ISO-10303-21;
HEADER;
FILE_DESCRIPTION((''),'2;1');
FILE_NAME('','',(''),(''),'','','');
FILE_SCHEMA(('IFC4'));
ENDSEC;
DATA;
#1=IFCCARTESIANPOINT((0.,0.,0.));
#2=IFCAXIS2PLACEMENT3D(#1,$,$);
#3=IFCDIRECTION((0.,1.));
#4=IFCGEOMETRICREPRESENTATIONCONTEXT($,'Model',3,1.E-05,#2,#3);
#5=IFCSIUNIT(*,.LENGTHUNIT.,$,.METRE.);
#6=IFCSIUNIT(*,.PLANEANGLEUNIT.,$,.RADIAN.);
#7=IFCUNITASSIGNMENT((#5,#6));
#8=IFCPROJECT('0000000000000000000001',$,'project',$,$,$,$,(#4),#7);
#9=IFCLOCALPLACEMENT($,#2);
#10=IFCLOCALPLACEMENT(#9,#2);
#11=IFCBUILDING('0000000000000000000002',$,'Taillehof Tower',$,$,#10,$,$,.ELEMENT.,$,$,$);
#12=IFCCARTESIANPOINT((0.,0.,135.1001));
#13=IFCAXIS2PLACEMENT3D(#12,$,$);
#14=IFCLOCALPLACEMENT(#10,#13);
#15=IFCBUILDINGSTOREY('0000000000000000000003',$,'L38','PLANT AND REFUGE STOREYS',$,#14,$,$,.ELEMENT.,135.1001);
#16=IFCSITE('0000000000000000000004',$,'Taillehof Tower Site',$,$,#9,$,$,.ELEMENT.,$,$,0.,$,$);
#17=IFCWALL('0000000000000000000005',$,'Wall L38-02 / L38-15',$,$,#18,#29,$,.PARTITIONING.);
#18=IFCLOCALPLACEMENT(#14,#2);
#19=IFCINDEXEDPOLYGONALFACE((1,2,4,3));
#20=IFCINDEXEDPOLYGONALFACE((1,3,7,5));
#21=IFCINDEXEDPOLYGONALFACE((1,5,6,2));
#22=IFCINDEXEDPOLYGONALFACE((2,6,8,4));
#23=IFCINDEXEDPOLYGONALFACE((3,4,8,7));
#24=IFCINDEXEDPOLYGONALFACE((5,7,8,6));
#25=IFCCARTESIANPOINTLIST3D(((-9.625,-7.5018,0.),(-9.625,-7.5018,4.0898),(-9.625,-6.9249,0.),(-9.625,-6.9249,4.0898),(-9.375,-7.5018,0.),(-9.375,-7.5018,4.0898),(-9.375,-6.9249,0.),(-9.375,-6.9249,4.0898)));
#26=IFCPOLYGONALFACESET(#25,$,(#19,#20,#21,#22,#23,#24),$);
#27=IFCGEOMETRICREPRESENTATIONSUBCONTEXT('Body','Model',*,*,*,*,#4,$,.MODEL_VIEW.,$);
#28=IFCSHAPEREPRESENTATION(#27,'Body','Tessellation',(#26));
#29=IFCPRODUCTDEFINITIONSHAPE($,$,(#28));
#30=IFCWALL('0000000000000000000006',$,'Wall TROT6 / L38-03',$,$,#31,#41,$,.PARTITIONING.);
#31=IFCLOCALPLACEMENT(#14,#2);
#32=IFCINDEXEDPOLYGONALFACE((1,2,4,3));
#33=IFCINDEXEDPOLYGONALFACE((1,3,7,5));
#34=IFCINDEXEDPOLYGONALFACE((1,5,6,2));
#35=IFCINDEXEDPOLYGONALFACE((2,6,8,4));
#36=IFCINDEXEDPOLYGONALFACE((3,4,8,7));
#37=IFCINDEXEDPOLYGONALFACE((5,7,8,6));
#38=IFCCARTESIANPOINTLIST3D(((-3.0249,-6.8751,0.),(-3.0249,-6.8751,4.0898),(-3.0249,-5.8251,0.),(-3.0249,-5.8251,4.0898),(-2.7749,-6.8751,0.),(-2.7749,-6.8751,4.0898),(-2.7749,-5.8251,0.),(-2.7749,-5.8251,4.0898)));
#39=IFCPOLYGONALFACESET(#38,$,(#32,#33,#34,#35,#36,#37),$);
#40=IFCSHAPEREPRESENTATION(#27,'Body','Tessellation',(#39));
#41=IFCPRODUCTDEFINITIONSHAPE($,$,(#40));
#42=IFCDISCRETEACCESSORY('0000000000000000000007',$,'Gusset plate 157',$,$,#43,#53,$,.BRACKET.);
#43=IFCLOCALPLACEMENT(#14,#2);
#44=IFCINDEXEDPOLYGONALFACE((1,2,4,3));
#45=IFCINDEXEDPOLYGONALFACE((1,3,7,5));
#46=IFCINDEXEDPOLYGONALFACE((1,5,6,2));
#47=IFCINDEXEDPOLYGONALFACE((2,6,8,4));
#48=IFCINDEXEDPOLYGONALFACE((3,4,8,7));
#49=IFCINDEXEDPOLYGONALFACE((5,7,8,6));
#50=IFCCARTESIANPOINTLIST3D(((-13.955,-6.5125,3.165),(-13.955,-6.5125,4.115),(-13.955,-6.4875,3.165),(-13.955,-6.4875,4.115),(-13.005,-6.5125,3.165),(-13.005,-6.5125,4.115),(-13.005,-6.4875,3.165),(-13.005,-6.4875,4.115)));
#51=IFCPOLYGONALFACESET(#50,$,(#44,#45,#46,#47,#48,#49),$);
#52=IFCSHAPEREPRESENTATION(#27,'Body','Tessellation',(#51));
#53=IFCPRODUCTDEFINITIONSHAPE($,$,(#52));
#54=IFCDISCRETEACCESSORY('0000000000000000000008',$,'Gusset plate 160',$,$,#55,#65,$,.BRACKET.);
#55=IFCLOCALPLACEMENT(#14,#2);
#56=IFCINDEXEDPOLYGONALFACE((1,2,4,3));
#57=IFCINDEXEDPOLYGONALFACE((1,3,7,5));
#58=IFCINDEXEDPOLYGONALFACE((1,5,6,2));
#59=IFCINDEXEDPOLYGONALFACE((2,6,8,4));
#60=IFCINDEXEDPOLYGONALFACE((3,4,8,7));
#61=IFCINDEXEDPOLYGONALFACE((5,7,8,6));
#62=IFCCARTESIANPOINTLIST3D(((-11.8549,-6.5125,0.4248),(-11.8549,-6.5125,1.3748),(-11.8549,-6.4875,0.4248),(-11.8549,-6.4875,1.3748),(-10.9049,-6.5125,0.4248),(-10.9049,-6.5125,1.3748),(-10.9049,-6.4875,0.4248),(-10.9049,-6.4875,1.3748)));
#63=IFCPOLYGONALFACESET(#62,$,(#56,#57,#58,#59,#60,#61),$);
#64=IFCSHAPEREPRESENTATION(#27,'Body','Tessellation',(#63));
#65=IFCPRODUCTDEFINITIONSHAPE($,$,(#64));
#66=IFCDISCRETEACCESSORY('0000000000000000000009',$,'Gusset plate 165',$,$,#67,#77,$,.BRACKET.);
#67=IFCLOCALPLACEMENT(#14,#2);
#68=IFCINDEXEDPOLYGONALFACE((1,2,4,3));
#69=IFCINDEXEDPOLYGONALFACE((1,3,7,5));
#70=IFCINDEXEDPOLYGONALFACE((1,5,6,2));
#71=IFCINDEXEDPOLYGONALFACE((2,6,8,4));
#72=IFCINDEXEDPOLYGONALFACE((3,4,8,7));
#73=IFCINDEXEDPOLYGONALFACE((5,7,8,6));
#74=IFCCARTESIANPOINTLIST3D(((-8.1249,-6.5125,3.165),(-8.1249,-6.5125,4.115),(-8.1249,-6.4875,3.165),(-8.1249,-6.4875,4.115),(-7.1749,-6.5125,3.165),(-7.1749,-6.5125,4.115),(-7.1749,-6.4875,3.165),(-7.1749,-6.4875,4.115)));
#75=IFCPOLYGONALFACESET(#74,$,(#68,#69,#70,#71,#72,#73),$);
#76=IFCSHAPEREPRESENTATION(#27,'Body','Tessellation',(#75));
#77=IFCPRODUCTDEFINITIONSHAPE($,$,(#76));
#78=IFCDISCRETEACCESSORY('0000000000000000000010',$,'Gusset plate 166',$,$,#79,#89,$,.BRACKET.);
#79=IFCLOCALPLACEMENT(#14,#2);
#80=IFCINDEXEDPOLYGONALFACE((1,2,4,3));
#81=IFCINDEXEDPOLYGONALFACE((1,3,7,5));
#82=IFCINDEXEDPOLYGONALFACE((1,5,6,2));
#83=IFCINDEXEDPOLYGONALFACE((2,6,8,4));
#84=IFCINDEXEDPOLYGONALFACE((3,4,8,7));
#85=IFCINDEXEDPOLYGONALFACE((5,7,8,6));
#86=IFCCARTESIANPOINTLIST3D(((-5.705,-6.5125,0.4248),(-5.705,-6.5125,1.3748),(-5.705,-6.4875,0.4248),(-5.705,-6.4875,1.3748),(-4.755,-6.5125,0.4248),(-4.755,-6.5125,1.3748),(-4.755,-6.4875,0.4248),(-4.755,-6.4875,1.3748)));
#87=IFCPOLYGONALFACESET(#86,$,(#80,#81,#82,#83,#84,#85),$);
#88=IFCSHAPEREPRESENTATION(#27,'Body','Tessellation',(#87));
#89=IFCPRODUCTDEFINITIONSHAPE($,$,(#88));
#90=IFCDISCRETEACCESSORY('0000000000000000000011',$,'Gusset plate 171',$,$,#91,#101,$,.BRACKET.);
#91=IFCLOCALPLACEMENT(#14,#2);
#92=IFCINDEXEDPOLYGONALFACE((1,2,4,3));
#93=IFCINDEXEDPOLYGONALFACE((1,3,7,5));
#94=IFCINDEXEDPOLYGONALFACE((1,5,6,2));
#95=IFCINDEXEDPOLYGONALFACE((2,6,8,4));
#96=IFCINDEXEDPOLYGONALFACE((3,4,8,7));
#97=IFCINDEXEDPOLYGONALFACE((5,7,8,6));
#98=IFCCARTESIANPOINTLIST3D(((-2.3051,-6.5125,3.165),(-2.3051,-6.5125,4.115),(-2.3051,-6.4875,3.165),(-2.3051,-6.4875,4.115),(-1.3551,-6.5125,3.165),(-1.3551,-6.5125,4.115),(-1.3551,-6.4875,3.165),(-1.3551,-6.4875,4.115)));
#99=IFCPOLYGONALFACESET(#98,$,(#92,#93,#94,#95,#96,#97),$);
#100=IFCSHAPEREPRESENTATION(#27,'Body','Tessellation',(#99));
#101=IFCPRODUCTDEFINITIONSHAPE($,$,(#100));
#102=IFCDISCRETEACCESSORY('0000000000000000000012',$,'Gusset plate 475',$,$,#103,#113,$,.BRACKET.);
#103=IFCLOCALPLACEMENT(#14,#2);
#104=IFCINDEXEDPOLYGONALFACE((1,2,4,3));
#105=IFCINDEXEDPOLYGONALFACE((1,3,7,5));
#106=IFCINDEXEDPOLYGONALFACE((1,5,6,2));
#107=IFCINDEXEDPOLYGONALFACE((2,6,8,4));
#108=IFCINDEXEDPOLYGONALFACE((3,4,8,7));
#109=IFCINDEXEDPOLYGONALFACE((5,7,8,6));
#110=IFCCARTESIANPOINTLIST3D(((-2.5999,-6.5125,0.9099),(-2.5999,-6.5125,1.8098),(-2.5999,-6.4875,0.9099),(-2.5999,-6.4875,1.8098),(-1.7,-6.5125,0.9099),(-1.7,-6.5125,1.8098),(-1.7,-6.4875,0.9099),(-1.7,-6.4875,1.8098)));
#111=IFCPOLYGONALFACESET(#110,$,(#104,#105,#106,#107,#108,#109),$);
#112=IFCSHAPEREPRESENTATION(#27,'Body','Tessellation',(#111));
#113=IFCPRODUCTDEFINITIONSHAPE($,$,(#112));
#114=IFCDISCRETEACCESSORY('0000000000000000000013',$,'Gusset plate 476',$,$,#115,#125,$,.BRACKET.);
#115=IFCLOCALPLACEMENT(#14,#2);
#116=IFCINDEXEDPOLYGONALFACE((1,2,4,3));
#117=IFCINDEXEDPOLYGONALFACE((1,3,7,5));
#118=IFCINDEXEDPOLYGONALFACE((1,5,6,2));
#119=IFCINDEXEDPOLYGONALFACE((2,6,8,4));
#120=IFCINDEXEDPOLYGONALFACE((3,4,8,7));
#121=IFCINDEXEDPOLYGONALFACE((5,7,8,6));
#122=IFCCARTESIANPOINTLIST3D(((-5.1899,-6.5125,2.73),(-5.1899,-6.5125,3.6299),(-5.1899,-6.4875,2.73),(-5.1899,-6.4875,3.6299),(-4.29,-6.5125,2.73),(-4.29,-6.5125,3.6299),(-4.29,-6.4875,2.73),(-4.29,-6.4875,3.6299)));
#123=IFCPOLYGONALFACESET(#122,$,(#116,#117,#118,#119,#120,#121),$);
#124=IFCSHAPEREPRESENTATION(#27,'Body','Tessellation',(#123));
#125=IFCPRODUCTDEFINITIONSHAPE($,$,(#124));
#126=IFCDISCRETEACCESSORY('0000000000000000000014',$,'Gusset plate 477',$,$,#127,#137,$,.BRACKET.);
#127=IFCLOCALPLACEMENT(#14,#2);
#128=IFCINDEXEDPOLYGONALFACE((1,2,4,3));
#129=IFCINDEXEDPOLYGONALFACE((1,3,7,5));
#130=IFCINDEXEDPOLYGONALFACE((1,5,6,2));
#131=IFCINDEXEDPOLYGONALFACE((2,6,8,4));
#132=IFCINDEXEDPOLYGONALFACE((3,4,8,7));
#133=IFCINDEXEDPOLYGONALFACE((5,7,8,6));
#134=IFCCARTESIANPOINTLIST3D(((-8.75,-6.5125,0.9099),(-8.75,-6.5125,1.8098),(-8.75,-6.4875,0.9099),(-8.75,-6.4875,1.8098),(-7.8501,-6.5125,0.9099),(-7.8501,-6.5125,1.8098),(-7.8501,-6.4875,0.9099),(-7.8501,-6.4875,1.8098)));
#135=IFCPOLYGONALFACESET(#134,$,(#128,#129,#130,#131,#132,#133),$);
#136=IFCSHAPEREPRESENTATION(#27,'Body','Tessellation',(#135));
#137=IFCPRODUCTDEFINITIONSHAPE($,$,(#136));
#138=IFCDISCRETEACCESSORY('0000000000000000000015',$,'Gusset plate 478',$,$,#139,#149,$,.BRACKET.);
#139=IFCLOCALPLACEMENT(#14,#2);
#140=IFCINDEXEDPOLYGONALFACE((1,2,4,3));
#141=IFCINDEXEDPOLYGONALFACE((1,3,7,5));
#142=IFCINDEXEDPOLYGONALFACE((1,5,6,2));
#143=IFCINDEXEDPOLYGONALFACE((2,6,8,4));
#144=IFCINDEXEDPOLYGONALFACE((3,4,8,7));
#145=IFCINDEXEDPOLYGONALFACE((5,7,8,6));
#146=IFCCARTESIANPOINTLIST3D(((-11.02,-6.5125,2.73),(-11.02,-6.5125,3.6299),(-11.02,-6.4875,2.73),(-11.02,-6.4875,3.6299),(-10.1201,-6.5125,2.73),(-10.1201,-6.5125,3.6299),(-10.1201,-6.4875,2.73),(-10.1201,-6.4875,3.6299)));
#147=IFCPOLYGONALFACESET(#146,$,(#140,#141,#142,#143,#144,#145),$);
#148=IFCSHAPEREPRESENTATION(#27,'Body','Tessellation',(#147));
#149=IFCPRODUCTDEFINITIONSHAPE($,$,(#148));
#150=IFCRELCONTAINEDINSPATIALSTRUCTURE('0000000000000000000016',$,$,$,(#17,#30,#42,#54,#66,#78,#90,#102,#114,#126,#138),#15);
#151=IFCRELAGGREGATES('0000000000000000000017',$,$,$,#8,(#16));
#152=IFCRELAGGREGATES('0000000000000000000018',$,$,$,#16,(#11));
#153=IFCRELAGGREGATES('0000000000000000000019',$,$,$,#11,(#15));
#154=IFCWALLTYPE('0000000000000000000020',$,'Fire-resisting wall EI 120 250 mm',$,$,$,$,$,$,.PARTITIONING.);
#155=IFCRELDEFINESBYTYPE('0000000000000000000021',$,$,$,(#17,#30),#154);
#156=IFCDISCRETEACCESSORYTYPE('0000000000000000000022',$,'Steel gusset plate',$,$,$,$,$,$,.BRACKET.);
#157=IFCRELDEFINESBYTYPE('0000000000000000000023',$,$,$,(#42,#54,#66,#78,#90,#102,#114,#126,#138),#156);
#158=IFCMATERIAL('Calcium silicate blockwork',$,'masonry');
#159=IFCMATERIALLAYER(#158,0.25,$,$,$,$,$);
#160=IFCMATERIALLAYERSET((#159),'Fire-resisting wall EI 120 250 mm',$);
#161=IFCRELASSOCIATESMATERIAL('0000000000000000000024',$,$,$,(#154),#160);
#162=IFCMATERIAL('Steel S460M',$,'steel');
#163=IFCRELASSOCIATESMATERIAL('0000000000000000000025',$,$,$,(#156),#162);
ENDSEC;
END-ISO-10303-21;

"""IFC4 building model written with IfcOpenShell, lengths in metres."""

from ifc_helpers import new_model, si_unit, direction, frame, frame_2d, origin, origin_2d, place, context, subcontext, project, spatial, rectangle, extrude, material, layer, layer_set, type_object, element, save


model = new_model("IFC4")

# Units and contexts
model_context = context("Model", 3, precision=1e-05, world=origin(), true_north=direction((0.0, 1.0)))
body_context = subcontext(model_context, "Body", "Model", "MODEL_VIEW")
ifc_project = project(units=[si_unit("LENGTHUNIT", "METRE"), si_unit("PLANEANGLEUNIT", "RADIAN")], contexts=[model_context])

# Site, building, storey
site_placement = place(None, origin())
site = spatial("IfcSite", under=ifc_project, at=site_placement, Name="Taillehof Tower Site", CompositionType="ELEMENT", RefElevation=0.0)
building_placement = place(site_placement, origin())
building = spatial("IfcBuilding", under=site, at=building_placement, Name="Taillehof Tower", CompositionType="ELEMENT")
storey_placement = place(building_placement, frame((0.0, 0.0, 135.1001)))
storey = spatial("IfcBuildingStorey", under=building, at=storey_placement, Name="L38", Description="PLANT AND REFUGE STOREYS", CompositionType="ELEMENT", Elevation=135.1001)

# Walls
ifc_material_1 = material(Name="Calcium silicate blockwork", Category="masonry")
ifc_layer_1 = layer(ifc_material_1, 0.25)
ifc_layer_set_1 = layer_set([ifc_layer_1], Name="Fire-resisting wall EI 120 250 mm")
wall_type_1 = type_object("IfcWallType", Name="Fire-resisting wall EI 120 250 mm", PredefinedType="PARTITIONING", material=ifc_layer_set_1)
wall_1_placement = place(storey_placement, frame((-9.5, -7.502, 0.0), z_axis=(0.0, 0.0, 1.0), x_axis=(0.0, 1.0, 0.0)))
element("IfcWall", 1, at=wall_1_placement, inside=storey, type_object=wall_type_1, Name="Wall L38-02 / L38-15", PredefinedType="PARTITIONING", context=body_context, shape_type="SweptSolid", body=[
    extrude(rectangle(XDim=0.5769, YDim=0.25, at=frame_2d((0.2886, 0.0))), origin(), (0.0, 0.0, 1.0), 4.0898),
])
wall_2_placement = place(storey_placement, frame((-2.8999, -6.875, 0.0), z_axis=(0.0, 0.0, 1.0), x_axis=(0.0, 1.0, 0.0)))
element("IfcWall", 2, at=wall_2_placement, inside=storey, type_object=wall_type_1, Name="Wall TROT6 / L38-03", PredefinedType="PARTITIONING", context=body_context, shape_type="SweptSolid", body=[
    extrude(rectangle(XDim=1.05, YDim=0.25, at=frame_2d((0.5249, 0.0))), origin(), (0.0, 0.0, 1.0), 4.0898),
])

# Discrete accessories
ifc_material_2 = material(Name="Steel S460M", Category="steel")
discrete_accessory_type = type_object("IfcDiscreteAccessoryType", Name="Steel gusset plate", PredefinedType="BRACKET", material=ifc_material_2)
for number, where, z_axis, x_axis, name in (
    (3, (-13.48, -6.5, 3.165), (0.0, 0.0, 1.0), (-1.0, 0.0, 0.0), "Gusset plate 157"),
    (4, (-11.3799, -6.5, 0.4248), (0.0, 0.0, 1.0), (-1.0, 0.0, 0.0), "Gusset plate 160"),
    (5, (-7.6499, -6.5, 3.165), (0.0, 0.0, 1.0), (-1.0, 0.0, 0.0), "Gusset plate 165"),
    (6, (-5.23, -6.5, 0.4248), (0.0, 0.0, 1.0), (-1.0, 0.0, 0.0), "Gusset plate 166"),
    (7, (-1.8301, -6.5, 3.165), (0.0, 0.0, 1.0), (-1.0, 0.0, 0.0), "Gusset plate 171"),
):
    element("IfcDiscreteAccessory", number, at=place(storey_placement, frame(where, z_axis=z_axis, x_axis=x_axis)), inside=storey, type_object=discrete_accessory_type, Name=name, PredefinedType="BRACKET", context=body_context, shape_type="SweptSolid", body=[
        extrude(rectangle(XDim=0.95, YDim=0.0249, at=origin_2d()), origin(), (0.0, 0.0, 1.0), 0.95),
    ])
for number, where, z_axis, x_axis, name in (
    (8, (-2.1499, -6.5, 0.9099), (0.0, 0.0, 1.0), (1.0, 0.0, 0.0), "Gusset plate 475"),
    (9, (-4.74, -6.5, 2.73), (0.0, 0.0, 1.0), (1.0, 0.0, 0.0), "Gusset plate 476"),
    (10, (-8.3, -6.5, 0.9099), (0.0, 0.0, 1.0), (1.0, 0.0, 0.0), "Gusset plate 477"),
    (11, (-10.5701, -6.5, 2.73), (0.0, 0.0, 1.0), (1.0, 0.0, 0.0), "Gusset plate 478"),
):
    element("IfcDiscreteAccessory", number, at=place(storey_placement, frame(where, z_axis=z_axis, x_axis=x_axis)), inside=storey, type_object=discrete_accessory_type, Name=name, PredefinedType="BRACKET", context=body_context, shape_type="SweptSolid", body=[
        extrude(rectangle(XDim=0.8999, YDim=0.0249, at=origin_2d()), origin(), (0.0, 0.0, 1.0), 0.8999),
    ])

save(model, "model.ifc")
